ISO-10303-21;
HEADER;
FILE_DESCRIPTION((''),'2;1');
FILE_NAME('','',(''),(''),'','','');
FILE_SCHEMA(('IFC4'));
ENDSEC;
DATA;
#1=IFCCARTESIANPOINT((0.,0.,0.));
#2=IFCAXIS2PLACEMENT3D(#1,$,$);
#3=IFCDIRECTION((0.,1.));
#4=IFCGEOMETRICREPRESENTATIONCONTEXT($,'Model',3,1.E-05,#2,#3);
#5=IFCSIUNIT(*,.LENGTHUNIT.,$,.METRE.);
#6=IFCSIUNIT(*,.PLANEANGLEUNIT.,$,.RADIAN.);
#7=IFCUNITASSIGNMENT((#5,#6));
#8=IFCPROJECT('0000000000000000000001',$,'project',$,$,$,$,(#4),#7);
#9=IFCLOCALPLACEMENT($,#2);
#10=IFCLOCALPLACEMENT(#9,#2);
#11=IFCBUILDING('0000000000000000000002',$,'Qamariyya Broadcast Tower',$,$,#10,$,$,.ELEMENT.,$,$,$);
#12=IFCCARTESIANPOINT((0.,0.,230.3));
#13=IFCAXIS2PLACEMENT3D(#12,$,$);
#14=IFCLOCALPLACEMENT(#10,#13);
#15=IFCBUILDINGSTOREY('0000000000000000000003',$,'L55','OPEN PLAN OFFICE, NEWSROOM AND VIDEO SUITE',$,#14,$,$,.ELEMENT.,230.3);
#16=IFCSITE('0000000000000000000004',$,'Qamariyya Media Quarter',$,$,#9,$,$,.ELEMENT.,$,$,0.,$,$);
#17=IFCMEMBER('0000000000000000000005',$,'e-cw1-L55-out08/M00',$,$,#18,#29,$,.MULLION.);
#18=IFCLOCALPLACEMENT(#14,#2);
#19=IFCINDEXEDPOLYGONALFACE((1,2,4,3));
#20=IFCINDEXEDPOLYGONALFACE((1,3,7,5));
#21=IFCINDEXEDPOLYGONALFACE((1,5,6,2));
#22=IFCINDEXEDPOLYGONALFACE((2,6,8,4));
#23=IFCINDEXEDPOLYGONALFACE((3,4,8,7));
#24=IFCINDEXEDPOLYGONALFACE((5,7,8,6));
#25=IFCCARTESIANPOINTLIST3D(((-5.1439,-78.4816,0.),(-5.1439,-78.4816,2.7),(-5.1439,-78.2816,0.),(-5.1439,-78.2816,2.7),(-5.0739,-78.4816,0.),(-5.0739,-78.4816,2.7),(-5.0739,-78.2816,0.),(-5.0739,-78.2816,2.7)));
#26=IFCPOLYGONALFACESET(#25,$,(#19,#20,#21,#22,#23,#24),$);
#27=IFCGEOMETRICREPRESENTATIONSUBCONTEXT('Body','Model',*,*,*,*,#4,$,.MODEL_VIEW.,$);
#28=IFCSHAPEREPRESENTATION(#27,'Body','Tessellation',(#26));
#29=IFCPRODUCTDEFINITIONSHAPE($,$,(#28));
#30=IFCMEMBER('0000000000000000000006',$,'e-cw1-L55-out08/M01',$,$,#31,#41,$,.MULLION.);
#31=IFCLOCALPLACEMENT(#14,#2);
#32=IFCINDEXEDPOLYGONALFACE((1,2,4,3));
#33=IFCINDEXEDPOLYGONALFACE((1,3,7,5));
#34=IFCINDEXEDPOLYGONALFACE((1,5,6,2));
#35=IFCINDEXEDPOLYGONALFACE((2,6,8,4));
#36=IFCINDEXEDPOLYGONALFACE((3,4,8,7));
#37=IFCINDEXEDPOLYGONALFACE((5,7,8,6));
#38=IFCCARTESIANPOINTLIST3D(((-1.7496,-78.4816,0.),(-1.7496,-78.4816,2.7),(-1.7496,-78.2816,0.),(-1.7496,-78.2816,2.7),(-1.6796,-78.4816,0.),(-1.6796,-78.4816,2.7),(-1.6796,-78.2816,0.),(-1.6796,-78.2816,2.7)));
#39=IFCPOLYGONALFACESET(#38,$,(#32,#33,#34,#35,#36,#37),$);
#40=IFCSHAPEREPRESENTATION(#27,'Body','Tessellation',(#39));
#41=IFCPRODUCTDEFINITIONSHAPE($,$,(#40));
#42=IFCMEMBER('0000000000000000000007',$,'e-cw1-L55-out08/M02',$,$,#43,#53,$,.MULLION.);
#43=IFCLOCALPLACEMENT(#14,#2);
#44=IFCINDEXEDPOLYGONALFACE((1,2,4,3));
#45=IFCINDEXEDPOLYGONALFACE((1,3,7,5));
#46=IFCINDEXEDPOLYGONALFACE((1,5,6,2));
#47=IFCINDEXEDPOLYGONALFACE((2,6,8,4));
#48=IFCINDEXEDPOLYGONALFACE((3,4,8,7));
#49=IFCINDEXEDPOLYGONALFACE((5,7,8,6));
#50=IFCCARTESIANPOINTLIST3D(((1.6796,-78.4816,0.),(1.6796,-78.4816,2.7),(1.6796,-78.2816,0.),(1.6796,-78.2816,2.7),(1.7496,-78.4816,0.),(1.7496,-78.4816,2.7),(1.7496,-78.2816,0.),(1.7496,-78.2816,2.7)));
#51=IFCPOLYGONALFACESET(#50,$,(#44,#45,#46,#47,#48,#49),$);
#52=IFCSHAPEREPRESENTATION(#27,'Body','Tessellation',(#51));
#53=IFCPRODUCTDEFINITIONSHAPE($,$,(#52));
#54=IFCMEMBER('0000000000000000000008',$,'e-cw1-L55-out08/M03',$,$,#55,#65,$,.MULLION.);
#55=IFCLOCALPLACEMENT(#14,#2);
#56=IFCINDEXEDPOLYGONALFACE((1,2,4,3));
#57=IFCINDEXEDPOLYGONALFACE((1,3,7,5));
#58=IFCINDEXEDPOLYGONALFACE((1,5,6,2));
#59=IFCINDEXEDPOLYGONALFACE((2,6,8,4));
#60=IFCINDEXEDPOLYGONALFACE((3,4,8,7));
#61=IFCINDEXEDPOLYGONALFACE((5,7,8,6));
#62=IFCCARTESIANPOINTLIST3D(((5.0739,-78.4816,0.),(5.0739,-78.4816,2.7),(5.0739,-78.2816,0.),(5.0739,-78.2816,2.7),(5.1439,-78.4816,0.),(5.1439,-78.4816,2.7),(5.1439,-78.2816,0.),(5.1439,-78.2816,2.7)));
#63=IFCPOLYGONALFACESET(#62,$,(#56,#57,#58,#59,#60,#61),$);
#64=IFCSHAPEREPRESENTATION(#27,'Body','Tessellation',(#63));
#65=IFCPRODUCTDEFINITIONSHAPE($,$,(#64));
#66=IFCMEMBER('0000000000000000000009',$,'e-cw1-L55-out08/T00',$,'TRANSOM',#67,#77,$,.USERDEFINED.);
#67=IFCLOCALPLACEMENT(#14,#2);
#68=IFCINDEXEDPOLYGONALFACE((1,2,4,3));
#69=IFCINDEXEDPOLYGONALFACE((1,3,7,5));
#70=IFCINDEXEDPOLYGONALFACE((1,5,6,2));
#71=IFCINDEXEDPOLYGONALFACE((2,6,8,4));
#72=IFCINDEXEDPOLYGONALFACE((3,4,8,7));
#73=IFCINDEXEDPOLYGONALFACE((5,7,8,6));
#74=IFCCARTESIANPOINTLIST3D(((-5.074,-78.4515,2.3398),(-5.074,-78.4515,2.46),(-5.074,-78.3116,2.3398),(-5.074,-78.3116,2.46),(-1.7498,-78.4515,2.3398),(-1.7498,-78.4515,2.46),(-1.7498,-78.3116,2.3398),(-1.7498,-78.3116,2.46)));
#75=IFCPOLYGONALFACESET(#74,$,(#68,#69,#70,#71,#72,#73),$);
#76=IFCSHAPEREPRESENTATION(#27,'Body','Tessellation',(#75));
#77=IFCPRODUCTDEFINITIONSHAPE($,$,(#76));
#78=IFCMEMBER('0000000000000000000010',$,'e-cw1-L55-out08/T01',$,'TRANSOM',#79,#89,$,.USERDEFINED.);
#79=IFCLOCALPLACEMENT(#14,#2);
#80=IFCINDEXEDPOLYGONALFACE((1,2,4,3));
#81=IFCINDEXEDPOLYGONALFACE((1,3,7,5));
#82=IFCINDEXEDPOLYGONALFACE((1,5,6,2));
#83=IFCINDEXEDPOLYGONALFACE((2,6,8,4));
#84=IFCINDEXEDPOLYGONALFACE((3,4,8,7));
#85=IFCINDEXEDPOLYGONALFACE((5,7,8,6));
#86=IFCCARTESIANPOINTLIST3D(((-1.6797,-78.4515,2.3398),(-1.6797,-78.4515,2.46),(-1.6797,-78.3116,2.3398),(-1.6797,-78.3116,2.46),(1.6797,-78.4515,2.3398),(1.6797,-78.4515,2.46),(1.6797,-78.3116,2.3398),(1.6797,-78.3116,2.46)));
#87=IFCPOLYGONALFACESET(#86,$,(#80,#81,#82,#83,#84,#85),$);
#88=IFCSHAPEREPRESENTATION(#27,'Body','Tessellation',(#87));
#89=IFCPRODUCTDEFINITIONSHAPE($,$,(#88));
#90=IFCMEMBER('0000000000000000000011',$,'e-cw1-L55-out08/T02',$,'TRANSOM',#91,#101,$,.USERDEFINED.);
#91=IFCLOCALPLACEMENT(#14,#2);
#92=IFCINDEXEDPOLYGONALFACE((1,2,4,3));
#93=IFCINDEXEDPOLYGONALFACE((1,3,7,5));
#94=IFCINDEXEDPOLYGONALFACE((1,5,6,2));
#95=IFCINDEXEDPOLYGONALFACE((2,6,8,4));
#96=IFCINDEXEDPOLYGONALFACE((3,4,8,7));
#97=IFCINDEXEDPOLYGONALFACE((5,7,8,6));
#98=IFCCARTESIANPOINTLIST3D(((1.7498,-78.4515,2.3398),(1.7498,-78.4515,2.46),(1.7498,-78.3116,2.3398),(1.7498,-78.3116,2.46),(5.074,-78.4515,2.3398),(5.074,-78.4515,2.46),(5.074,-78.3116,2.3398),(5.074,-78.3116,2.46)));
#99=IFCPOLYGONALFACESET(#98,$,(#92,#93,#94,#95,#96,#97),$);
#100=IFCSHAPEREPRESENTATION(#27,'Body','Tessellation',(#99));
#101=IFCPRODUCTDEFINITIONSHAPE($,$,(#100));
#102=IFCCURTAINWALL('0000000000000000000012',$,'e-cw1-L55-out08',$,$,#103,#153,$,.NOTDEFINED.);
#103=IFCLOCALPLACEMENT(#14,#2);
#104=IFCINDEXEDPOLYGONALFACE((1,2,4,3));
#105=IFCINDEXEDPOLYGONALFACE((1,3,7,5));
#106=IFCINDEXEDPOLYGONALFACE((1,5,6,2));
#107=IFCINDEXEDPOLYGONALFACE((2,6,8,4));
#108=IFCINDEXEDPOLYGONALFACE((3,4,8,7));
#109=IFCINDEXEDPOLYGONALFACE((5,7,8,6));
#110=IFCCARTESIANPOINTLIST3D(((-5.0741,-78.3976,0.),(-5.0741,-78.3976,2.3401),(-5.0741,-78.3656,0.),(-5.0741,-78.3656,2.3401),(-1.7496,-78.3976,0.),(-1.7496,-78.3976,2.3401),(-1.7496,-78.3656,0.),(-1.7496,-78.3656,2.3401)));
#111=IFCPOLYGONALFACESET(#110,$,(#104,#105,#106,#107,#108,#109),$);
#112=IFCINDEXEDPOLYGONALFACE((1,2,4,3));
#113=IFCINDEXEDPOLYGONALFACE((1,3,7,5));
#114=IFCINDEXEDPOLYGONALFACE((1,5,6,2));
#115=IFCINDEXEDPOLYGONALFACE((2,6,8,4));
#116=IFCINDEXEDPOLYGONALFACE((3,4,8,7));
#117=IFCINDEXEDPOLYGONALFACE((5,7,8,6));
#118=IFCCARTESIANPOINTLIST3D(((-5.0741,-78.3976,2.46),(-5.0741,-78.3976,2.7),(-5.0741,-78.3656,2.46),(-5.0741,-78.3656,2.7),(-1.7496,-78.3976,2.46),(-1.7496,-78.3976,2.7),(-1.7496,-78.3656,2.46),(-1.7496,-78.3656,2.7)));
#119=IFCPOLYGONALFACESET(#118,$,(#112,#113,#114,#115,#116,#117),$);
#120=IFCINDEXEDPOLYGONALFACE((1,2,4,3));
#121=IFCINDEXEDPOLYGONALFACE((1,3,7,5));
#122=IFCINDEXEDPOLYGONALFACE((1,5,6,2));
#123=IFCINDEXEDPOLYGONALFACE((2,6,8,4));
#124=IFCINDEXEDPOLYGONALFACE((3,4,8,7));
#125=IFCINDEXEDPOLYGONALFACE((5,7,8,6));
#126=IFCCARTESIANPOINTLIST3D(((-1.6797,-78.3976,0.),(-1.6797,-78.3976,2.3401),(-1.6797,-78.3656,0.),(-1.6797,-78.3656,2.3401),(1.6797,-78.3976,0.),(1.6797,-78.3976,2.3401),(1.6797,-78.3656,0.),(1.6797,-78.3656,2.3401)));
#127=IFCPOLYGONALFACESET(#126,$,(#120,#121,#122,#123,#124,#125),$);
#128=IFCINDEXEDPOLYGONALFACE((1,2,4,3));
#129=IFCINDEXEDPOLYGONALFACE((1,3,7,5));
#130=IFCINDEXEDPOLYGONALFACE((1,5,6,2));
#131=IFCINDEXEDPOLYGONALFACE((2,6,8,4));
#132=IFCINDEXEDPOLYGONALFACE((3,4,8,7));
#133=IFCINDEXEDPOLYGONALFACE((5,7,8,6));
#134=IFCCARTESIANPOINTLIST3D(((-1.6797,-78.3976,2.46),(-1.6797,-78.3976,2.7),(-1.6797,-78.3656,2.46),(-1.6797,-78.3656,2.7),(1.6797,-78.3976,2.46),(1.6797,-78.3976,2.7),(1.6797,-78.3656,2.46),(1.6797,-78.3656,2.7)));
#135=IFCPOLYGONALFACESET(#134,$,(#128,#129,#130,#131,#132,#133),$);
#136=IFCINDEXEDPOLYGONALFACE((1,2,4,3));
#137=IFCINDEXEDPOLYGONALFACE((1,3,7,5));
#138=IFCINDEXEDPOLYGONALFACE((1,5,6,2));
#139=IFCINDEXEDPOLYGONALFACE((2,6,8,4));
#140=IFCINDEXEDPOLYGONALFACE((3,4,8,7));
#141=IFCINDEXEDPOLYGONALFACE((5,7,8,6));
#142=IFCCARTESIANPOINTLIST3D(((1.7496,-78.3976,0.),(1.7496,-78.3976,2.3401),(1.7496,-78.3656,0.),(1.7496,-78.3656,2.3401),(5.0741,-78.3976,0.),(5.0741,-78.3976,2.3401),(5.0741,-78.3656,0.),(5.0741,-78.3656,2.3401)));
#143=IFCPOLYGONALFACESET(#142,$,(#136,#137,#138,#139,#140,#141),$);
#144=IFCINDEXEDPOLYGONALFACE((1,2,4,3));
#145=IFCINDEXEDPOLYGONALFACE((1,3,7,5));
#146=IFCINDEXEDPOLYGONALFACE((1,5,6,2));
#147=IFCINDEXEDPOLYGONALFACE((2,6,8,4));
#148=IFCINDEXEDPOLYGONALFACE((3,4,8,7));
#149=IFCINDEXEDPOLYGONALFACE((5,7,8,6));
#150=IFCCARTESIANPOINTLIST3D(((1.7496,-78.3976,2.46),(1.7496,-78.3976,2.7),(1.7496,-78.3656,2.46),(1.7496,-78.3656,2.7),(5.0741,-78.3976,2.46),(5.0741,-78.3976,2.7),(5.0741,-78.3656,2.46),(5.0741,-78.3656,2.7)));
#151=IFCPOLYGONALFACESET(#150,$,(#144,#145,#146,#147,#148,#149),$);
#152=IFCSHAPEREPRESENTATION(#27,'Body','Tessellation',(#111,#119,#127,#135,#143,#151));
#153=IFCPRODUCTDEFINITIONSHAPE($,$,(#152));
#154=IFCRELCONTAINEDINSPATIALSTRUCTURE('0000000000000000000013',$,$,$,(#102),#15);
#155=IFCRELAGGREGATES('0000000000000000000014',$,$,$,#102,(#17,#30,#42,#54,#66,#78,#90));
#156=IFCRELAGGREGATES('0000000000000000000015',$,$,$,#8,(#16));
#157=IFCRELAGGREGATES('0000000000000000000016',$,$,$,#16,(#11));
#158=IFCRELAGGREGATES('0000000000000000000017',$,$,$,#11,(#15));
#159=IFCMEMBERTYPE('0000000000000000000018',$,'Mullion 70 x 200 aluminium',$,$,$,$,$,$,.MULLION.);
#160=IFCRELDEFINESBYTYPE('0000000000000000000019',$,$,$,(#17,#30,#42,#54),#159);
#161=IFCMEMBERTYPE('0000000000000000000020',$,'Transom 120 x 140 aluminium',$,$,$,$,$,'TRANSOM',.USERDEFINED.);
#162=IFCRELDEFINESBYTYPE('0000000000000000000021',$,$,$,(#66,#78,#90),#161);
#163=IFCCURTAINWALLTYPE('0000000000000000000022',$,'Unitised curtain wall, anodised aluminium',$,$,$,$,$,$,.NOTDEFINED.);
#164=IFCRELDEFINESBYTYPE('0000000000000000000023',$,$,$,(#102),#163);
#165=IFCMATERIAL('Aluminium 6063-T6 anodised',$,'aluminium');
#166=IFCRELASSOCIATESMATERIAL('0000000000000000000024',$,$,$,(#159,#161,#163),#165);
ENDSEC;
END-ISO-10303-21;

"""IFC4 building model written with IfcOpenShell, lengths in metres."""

from ifc_helpers import new_model, si_unit, direction, frame, origin, origin_2d, place, context, subcontext, project, spatial, rectangle, extrude, material, material_profile, profile_set, type_object, element, aggregate, save


model = new_model("IFC4")

# Units and contexts
model_context = context("Model", 3, precision=1e-05, world=origin(), true_north=direction((0.0, 1.0)))
body_context = subcontext(model_context, "Body", "Model", "MODEL_VIEW")
ifc_project = project(units=[si_unit("LENGTHUNIT", "METRE"), si_unit("PLANEANGLEUNIT", "RADIAN")], contexts=[model_context])

# Members
ifc_material = material(Name="Aluminium 6063-T6 anodised", Category="aluminium")
ifc_material_profile_1 = material_profile(ifc_material, rectangle(XDim=0.2, YDim=0.0701, at=origin_2d()))
ifc_profile_set_1 = profile_set([ifc_material_profile_1], Name="Aluminium 6063-T6 anodised")
member_type_1 = type_object("IfcMemberType", Name="Mullion 70 x 200 aluminium", PredefinedType="MULLION", material=ifc_profile_set_1)
site_placement = place(None, origin())
building_placement = place(site_placement, origin())
storey_placement = place(building_placement, frame((0.0, 0.0, 230.3)))
member_1_placement = place(storey_placement, frame((-5.1089, -78.3816, 0.0), z_axis=(0.0, 0.0, 1.0), x_axis=(0.0, 1.0, 0.0)))
member_1 = element("IfcMember", 1, at=member_1_placement, type_object=member_type_1, Name="e-cw1-L55-out08/M00", PredefinedType="MULLION", context=body_context, shape_type="SweptSolid", body=[
    extrude(rectangle(XDim=0.2, YDim=0.0701, at=origin_2d()), origin(), (0.0, 0.0, 1.0), 2.7),
])
member_2_placement = place(storey_placement, frame((-1.7146, -78.3816, 0.0), z_axis=(0.0, 0.0, 1.0), x_axis=(0.0, 1.0, 0.0)))
member_2 = element("IfcMember", 2, at=member_2_placement, type_object=member_type_1, Name="e-cw1-L55-out08/M01", PredefinedType="MULLION", context=body_context, shape_type="SweptSolid", body=[
    extrude(rectangle(XDim=0.2, YDim=0.0701, at=origin_2d()), origin(), (0.0, 0.0, 1.0), 2.7),
])
member_3_placement = place(storey_placement, frame((1.7146, -78.3816, 0.0), z_axis=(0.0, 0.0, 1.0), x_axis=(0.0, 1.0, 0.0)))
member_3 = element("IfcMember", 3, at=member_3_placement, type_object=member_type_1, Name="e-cw1-L55-out08/M02", PredefinedType="MULLION", context=body_context, shape_type="SweptSolid", body=[
    extrude(rectangle(XDim=0.2, YDim=0.0701, at=origin_2d()), origin(), (0.0, 0.0, 1.0), 2.7),
])
member_4_placement = place(storey_placement, frame((5.1089, -78.3816, 0.0), z_axis=(0.0, 0.0, 1.0), x_axis=(0.0, 1.0, 0.0)))
member_4 = element("IfcMember", 4, at=member_4_placement, type_object=member_type_1, Name="e-cw1-L55-out08/M03", PredefinedType="MULLION", context=body_context, shape_type="SweptSolid", body=[
    extrude(rectangle(XDim=0.2, YDim=0.0701, at=origin_2d()), origin(), (0.0, 0.0, 1.0), 2.7),
])
ifc_material_profile_2 = material_profile(ifc_material, rectangle(XDim=0.1399, YDim=0.1201, at=origin_2d()))
ifc_profile_set_2 = profile_set([ifc_material_profile_2], Name="Aluminium 6063-T6 anodised")
member_type_2 = type_object("IfcMemberType", Name="Transom 120 x 140 aluminium", ElementType="TRANSOM", PredefinedType="USERDEFINED", material=ifc_profile_set_2)
member_5_placement = place(storey_placement, frame((-5.074, -78.3816, 2.3999), z_axis=(1.0, 0.0, 0.0), x_axis=(0.0, 1.0, 0.0)))
member_5 = element("IfcMember", 5, at=member_5_placement, type_object=member_type_2, Name="e-cw1-L55-out08/T00", ObjectType="TRANSOM", PredefinedType="USERDEFINED", context=body_context, shape_type="SweptSolid", body=[
    extrude(rectangle(XDim=0.1399, YDim=0.1201, at=origin_2d()), origin(), (0.0, 0.0, 1.0), 3.3242),
])
member_6_placement = place(storey_placement, frame((-1.6797, -78.3816, 2.3999), z_axis=(1.0, 0.0, 0.0), x_axis=(0.0, 1.0, 0.0)))
member_6 = element("IfcMember", 6, at=member_6_placement, type_object=member_type_2, Name="e-cw1-L55-out08/T01", ObjectType="TRANSOM", PredefinedType="USERDEFINED", context=body_context, shape_type="SweptSolid", body=[
    extrude(rectangle(XDim=0.1399, YDim=0.1201, at=origin_2d()), origin(), (0.0, 0.0, 1.0), 3.3594),
])
member_7_placement = place(storey_placement, frame((1.7498, -78.3816, 2.3999), z_axis=(1.0, 0.0, 0.0), x_axis=(0.0, 1.0, 0.0)))
member_7 = element("IfcMember", 7, at=member_7_placement, type_object=member_type_2, Name="e-cw1-L55-out08/T02", ObjectType="TRANSOM", PredefinedType="USERDEFINED", context=body_context, shape_type="SweptSolid", body=[
    extrude(rectangle(XDim=0.1399, YDim=0.1201, at=origin_2d()), origin(), (0.0, 0.0, 1.0), 3.3242),
])

# Site, building, storey
site = spatial("IfcSite", under=ifc_project, at=site_placement, Name="Qamariyya Media Quarter", CompositionType="ELEMENT", RefElevation=0.0)
building = spatial("IfcBuilding", under=site, at=building_placement, Name="Qamariyya Broadcast Tower", CompositionType="ELEMENT")
storey = spatial("IfcBuildingStorey", under=building, at=storey_placement, Name="L55", Description="OPEN PLAN OFFICE, NEWSROOM AND VIDEO SUITE", CompositionType="ELEMENT", Elevation=230.3)

# Curtain wall
curtain_wall_type = type_object("IfcCurtainWallType", Name="Unitised curtain wall, anodised aluminium", PredefinedType="NOTDEFINED", material=ifc_material)
curtain_wall_1_placement = place(storey_placement, origin())
curtain_wall_1 = element("IfcCurtainWall", 8, at=curtain_wall_1_placement, inside=storey, type_object=curtain_wall_type, Name="e-cw1-L55-out08", PredefinedType="NOTDEFINED", context=body_context, shape_type="SweptSolid", body=[
    extrude(rectangle(XDim=3.3245, YDim=0.032, at=origin_2d()), frame((-3.4119, -78.3816, 0.0), x_axis=(1.0, 0.0, 0.0)), (0.0, 0.0, 1.0), 2.3401),
    extrude(rectangle(XDim=3.3245, YDim=0.032, at=origin_2d()), frame((-3.4119, -78.3816, 2.46), x_axis=(1.0, 0.0, 0.0)), (0.0, 0.0, 1.0), 0.24),
    extrude(rectangle(XDim=3.3594, YDim=0.032, at=origin_2d()), frame((0.0, -78.3816, 0.0), x_axis=(1.0, 0.0, 0.0)), (0.0, 0.0, 1.0), 2.3401),
    extrude(rectangle(XDim=3.3594, YDim=0.032, at=origin_2d()), frame((0.0, -78.3816, 2.46), x_axis=(1.0, 0.0, 0.0)), (0.0, 0.0, 1.0), 0.24),
    extrude(rectangle(XDim=3.3245, YDim=0.032, at=origin_2d()), frame((3.4119, -78.3816, 0.0), x_axis=(1.0, 0.0, 0.0)), (0.0, 0.0, 1.0), 2.3401),
    extrude(rectangle(XDim=3.3245, YDim=0.032, at=origin_2d()), frame((3.4119, -78.3816, 2.46), x_axis=(1.0, 0.0, 0.0)), (0.0, 0.0, 1.0), 0.24),
])
aggregate(curtain_wall_1, [member_1, member_2, member_3, member_4, member_5, member_6, member_7])

save(model, "model.ifc")
